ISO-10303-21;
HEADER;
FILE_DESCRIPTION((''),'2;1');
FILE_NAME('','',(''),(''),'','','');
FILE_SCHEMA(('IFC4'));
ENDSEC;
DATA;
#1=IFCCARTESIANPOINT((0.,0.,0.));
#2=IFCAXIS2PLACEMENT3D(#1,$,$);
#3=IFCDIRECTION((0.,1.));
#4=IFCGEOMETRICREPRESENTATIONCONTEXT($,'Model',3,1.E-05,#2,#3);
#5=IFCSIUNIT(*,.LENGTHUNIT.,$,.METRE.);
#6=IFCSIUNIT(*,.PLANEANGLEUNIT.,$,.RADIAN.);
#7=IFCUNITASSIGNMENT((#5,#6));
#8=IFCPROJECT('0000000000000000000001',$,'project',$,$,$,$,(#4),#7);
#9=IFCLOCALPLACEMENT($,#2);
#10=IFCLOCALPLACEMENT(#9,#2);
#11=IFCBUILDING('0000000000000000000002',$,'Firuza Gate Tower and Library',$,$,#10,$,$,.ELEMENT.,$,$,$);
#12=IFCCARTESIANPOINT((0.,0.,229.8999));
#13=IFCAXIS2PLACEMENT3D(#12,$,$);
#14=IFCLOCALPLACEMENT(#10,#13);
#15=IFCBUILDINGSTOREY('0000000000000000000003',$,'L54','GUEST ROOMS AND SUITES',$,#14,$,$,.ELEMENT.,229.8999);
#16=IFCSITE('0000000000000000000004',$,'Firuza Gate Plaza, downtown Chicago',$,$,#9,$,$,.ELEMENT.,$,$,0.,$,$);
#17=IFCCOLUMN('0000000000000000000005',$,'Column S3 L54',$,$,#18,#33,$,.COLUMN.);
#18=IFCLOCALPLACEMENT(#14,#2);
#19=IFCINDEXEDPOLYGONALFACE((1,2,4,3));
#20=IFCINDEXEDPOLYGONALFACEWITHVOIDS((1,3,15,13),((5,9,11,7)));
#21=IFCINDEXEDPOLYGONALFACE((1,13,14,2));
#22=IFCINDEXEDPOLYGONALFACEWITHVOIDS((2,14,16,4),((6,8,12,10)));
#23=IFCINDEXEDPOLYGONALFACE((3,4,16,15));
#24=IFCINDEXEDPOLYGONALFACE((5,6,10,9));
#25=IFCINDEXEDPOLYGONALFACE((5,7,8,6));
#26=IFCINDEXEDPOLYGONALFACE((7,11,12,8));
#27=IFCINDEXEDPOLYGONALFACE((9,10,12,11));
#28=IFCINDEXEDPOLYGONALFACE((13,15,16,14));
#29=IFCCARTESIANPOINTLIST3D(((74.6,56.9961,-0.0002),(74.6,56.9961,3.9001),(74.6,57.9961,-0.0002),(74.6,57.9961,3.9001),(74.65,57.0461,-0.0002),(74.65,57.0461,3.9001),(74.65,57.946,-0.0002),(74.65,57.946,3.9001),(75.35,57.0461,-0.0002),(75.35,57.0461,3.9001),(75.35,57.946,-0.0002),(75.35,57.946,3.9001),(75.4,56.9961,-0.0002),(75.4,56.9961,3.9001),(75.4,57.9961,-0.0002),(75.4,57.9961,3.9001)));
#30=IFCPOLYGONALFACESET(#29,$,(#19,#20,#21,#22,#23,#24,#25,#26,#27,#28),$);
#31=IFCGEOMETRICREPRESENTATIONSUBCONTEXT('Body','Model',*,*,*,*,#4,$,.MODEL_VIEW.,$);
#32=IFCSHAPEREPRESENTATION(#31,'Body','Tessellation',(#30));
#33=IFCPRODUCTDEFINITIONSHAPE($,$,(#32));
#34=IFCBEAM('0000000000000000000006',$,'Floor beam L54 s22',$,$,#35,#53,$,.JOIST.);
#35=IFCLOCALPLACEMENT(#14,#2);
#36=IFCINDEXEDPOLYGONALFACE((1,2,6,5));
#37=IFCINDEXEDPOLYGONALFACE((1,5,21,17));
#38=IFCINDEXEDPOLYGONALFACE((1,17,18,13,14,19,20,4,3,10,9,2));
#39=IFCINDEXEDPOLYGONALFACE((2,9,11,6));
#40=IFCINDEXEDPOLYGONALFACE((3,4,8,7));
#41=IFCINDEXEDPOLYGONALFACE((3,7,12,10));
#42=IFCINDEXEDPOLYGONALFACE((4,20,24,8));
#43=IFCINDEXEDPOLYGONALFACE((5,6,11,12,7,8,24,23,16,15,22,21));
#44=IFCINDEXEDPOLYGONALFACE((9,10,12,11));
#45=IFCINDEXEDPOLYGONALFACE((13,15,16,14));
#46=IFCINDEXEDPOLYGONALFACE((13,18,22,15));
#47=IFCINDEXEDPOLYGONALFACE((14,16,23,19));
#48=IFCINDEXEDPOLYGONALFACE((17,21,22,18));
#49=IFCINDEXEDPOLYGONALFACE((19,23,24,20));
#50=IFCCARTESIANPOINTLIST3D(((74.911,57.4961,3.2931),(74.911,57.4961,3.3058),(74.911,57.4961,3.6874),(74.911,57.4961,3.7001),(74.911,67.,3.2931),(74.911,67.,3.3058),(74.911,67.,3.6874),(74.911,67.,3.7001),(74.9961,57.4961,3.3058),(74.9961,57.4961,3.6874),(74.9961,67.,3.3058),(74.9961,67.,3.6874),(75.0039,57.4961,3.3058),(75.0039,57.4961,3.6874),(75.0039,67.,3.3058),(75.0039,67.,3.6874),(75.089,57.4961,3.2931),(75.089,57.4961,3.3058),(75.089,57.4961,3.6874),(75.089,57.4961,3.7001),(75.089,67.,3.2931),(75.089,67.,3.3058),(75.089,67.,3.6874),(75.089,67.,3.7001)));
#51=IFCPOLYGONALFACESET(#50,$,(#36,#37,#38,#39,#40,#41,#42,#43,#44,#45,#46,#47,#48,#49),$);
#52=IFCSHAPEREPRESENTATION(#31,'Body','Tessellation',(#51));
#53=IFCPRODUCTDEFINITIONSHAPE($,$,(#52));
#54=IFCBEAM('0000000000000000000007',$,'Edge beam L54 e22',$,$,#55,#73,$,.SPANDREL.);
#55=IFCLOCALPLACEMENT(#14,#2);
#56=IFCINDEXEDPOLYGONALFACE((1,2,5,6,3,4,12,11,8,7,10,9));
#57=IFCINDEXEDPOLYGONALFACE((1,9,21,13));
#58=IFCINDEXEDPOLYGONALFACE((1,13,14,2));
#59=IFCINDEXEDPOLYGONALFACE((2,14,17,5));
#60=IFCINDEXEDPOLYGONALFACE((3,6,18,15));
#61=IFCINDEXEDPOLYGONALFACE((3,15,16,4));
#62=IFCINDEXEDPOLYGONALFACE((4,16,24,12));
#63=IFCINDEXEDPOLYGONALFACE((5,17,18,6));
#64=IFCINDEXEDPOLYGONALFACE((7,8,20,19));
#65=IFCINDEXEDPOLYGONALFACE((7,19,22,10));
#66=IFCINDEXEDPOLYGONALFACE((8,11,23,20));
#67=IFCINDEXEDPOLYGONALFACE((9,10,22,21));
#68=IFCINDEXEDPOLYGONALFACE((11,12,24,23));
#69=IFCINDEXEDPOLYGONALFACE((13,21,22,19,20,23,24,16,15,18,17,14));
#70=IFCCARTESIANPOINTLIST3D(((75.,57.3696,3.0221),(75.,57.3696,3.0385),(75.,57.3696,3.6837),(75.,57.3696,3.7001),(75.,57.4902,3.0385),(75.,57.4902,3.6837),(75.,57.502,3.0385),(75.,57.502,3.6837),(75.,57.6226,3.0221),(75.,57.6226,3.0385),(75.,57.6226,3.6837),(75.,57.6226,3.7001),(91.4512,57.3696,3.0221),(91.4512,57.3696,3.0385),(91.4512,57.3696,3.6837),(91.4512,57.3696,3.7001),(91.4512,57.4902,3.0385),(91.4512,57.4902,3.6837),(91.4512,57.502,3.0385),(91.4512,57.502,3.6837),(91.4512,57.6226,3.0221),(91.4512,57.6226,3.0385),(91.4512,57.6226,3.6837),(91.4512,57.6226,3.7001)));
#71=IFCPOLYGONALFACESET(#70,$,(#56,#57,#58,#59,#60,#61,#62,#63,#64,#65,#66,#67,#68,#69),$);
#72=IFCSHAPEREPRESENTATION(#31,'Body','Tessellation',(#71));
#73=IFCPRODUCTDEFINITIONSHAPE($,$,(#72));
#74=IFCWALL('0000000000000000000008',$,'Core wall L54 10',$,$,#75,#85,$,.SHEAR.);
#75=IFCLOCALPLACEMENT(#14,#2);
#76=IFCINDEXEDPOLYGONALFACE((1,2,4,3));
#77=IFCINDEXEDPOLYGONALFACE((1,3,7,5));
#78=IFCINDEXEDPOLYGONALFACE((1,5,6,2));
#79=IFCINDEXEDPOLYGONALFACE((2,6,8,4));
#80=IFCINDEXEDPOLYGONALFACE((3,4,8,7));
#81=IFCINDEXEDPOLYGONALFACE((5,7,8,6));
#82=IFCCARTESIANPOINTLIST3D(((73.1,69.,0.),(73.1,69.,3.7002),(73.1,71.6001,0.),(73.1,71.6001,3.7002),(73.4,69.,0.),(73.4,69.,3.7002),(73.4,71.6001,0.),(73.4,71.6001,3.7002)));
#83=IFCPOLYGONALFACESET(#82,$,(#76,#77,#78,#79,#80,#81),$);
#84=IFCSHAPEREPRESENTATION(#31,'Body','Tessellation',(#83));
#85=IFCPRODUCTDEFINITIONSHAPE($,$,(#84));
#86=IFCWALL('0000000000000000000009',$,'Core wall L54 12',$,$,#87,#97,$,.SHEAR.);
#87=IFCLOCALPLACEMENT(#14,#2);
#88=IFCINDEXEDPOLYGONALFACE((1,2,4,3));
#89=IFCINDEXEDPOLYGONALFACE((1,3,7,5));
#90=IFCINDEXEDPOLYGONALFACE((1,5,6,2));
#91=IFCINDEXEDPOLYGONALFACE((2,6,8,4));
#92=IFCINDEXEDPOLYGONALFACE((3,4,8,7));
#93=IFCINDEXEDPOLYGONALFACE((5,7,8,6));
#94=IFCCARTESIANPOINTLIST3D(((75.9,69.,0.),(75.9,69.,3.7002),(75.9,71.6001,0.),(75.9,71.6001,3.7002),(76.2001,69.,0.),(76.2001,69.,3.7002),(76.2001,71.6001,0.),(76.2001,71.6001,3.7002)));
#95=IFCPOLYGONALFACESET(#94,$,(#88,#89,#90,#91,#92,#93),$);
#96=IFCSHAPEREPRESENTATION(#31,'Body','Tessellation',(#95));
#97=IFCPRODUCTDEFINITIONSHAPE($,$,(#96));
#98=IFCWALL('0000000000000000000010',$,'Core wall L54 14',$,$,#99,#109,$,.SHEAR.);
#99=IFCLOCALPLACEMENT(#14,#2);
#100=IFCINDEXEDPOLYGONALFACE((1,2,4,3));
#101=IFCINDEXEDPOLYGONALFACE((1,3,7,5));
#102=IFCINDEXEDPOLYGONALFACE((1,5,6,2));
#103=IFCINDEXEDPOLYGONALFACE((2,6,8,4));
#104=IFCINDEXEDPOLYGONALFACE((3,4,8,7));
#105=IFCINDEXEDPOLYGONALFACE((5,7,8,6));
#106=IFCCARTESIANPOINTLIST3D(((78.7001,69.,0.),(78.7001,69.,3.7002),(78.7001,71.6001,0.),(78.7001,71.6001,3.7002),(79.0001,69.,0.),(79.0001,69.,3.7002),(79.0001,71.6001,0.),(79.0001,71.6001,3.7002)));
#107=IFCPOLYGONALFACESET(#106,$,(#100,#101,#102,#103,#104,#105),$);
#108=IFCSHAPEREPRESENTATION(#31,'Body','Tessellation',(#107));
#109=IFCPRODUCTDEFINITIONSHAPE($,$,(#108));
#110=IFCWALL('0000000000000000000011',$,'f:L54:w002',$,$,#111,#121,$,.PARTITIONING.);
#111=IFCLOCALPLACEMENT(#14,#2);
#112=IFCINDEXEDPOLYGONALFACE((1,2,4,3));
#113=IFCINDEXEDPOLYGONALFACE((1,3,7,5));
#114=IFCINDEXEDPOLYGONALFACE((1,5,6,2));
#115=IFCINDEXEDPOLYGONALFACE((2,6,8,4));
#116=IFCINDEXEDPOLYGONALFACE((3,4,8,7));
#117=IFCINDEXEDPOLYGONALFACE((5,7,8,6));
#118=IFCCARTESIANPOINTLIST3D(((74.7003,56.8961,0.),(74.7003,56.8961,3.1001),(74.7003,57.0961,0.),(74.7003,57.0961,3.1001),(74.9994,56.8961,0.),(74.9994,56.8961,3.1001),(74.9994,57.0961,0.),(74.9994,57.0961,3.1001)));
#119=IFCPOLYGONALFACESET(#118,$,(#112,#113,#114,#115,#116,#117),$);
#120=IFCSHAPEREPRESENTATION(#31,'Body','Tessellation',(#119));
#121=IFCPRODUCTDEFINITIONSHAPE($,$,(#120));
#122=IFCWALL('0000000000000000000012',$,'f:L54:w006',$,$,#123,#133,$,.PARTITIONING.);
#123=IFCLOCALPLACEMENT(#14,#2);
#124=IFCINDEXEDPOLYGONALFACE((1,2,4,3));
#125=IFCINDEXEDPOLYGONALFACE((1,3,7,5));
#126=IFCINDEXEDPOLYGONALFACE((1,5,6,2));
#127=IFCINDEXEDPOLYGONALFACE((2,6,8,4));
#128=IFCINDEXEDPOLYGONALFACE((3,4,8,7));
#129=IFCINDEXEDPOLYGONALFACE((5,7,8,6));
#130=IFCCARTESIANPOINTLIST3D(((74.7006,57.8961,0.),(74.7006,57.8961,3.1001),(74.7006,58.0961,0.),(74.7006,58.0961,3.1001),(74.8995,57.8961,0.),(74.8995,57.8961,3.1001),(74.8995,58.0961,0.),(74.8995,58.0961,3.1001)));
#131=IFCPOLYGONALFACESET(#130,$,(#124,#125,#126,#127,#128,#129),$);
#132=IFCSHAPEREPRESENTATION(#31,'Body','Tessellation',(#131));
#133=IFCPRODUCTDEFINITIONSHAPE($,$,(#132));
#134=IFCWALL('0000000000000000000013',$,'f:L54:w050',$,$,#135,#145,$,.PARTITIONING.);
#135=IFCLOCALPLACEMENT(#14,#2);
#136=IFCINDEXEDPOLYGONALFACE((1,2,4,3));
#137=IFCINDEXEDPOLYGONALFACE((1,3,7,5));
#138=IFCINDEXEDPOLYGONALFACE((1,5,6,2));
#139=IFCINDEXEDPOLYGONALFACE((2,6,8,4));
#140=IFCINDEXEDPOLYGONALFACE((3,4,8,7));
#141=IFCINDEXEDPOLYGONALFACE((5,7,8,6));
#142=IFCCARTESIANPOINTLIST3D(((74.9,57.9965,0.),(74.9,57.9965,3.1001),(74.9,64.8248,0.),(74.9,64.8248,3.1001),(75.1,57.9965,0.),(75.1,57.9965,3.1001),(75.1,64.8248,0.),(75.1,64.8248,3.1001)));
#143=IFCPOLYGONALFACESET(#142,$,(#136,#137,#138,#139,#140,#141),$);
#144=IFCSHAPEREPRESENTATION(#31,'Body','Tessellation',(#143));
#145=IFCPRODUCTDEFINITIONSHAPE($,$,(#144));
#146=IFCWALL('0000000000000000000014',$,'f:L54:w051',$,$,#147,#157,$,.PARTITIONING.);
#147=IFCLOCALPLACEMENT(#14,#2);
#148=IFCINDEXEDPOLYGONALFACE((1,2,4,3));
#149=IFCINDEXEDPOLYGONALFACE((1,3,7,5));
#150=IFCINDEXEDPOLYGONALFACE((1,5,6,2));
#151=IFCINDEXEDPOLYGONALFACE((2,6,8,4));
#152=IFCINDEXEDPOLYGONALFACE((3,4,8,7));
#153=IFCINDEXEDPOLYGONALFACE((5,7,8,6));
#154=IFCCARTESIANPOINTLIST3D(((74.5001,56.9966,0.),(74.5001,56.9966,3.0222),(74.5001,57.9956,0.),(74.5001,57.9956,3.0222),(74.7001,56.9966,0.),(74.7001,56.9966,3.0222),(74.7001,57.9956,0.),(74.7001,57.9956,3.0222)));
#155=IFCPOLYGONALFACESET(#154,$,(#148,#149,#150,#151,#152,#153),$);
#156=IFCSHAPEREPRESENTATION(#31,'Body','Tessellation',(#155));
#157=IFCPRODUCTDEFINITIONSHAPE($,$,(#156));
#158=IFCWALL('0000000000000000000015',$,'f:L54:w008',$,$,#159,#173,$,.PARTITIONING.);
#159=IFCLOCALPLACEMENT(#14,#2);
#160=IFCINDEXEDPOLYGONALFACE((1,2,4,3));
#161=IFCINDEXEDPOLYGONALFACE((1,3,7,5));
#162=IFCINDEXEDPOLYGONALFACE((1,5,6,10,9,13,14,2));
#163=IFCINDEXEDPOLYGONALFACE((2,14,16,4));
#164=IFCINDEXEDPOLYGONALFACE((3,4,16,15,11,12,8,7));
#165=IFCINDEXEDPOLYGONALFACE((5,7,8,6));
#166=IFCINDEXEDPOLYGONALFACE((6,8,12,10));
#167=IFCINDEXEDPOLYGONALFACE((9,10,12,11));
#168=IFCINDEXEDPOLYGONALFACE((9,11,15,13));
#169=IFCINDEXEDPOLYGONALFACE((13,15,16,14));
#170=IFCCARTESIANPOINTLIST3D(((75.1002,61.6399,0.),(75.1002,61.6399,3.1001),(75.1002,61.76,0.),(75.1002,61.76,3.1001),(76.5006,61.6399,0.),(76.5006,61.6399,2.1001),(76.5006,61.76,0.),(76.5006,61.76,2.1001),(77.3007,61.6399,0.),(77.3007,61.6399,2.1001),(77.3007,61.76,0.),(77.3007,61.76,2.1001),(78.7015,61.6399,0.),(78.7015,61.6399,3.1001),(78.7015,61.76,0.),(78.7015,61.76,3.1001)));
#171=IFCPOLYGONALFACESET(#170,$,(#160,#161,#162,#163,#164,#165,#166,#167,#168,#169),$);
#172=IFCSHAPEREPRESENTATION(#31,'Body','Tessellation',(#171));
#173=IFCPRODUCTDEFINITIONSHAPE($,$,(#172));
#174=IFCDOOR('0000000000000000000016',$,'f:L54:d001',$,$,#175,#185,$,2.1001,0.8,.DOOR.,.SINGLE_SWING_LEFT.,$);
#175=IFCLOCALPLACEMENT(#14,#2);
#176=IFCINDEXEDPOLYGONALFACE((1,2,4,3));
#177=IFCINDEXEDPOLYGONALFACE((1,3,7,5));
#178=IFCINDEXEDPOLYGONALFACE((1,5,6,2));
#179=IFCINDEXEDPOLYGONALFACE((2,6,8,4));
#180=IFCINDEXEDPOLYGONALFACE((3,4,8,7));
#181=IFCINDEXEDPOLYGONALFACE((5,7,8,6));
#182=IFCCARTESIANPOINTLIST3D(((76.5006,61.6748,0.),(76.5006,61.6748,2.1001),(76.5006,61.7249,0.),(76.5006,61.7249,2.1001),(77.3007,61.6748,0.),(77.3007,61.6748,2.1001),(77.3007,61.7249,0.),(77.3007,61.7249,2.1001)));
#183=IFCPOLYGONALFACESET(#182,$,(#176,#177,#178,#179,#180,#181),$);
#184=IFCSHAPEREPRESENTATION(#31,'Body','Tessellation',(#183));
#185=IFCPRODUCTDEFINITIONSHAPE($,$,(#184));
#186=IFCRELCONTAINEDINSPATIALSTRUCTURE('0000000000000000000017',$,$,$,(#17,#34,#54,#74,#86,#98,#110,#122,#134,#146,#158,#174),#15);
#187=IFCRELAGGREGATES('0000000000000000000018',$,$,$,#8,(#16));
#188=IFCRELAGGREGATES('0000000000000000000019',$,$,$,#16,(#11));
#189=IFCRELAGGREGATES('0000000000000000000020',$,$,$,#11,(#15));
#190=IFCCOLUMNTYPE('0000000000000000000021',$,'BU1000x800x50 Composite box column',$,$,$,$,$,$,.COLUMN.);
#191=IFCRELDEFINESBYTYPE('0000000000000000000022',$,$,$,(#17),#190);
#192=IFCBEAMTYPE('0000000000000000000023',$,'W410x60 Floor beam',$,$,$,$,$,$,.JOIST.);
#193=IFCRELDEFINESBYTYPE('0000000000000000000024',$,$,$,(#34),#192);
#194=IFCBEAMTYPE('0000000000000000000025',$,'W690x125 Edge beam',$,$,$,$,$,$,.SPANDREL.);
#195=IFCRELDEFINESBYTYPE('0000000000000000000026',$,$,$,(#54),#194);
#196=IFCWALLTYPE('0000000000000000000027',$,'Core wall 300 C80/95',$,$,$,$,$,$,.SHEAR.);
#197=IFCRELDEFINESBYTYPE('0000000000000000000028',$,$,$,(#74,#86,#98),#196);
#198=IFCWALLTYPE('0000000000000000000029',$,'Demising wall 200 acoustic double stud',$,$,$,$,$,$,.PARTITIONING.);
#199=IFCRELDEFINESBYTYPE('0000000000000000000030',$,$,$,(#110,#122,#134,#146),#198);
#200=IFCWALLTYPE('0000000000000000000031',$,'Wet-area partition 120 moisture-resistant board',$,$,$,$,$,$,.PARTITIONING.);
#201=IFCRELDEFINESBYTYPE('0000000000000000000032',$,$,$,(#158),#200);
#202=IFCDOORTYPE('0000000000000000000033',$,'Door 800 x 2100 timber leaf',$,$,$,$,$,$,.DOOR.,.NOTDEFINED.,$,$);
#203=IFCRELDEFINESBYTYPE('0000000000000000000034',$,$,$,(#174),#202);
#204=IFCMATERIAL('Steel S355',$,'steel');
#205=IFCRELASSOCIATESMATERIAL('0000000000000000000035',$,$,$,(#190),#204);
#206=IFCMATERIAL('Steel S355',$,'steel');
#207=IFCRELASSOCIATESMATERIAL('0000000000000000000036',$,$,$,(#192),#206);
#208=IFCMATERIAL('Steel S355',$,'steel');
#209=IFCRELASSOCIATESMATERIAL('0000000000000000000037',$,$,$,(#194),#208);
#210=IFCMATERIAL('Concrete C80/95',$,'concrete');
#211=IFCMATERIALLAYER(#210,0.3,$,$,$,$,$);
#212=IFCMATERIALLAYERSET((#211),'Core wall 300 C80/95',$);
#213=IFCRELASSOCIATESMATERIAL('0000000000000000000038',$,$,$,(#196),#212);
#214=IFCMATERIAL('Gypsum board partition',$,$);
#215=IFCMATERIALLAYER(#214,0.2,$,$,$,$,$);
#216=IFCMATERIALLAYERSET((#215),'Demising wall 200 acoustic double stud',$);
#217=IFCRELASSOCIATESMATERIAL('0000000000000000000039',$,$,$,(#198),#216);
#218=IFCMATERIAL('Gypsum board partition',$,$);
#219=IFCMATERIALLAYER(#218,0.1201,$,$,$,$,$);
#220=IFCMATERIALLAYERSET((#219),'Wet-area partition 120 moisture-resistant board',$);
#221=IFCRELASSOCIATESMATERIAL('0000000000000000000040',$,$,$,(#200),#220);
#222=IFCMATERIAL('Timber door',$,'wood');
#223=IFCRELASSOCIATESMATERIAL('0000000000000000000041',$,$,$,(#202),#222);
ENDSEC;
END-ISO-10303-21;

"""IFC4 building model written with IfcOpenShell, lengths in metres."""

from ifc_helpers import new_model, si_unit, direction, frame, frame_2d, origin, origin_2d, place, context, subcontext, project, spatial, rectangle, hollow_rectangle, i_section, extrude, material, layer, layer_set, material_profile, profile_set, type_object, element, fill, save


model = new_model("IFC4")

# Units and contexts
model_context = context("Model", 3, precision=1e-05, world=origin(), true_north=direction((0.0, 1.0)))
body_context = subcontext(model_context, "Body", "Model", "MODEL_VIEW")
ifc_project = project(units=[si_unit("LENGTHUNIT", "METRE"), si_unit("PLANEANGLEUNIT", "RADIAN")], contexts=[model_context])

# Site, building, storey
site_placement = place(None, origin())
site = spatial("IfcSite", under=ifc_project, at=site_placement, Name="Firuza Gate Plaza, downtown Chicago", CompositionType="ELEMENT", RefElevation=0.0)
building_placement = place(site_placement, origin())
building = spatial("IfcBuilding", under=site, at=building_placement, Name="Firuza Gate Tower and Library", CompositionType="ELEMENT")
storey_placement = place(building_placement, frame((0.0, 0.0, 229.8999)))
storey = spatial("IfcBuildingStorey", under=building, at=storey_placement, Name="L54", Description="GUEST ROOMS AND SUITES", CompositionType="ELEMENT", Elevation=229.8999)

# Column
ifc_material_1 = material(Name="Steel S355", Category="steel")
ifc_material_profile_1 = material_profile(ifc_material_1, hollow_rectangle(XDim=0.8, YDim=1.0, WallThickness=0.05, at=origin_2d()))
ifc_profile_set_1 = profile_set([ifc_material_profile_1], Name="Steel S355")
column_type = type_object("IfcColumnType", Name="BU1000x800x50 Composite box column", PredefinedType="COLUMN", material=ifc_profile_set_1)
column_placement = place(storey_placement, frame((75.0, 57.4961, -0.0002), z_axis=(0.0, 0.0, 1.0), x_axis=(1.0, 0.0, 0.0)))
element("IfcColumn", 1, at=column_placement, inside=storey, type_object=column_type, Name="Column S3 L54", PredefinedType="COLUMN", context=body_context, shape_type="SweptSolid", body=[
    extrude(hollow_rectangle(XDim=0.8, YDim=1.0, WallThickness=0.05, at=origin_2d()), origin(), (0.0, 0.0, 1.0), 3.9004),
])

# Beams
ifc_material_2 = material(Name="Steel S355", Category="steel")
ifc_material_profile_2 = material_profile(ifc_material_2, i_section(OverallWidth=0.178, OverallDepth=0.407, WebThickness=0.0078, FlangeThickness=0.0127, at=origin_2d()))
ifc_profile_set_2 = profile_set([ifc_material_profile_2], Name="Steel S355")
beam_type_1 = type_object("IfcBeamType", Name="W410x60 Floor beam", PredefinedType="JOIST", material=ifc_profile_set_2)
beam_1_placement = place(storey_placement, frame((75.0, 57.4961, 3.4966), z_axis=(0.0, 1.0, 0.0), x_axis=(-1.0, 0.0, 0.0)))
element("IfcBeam", 2, at=beam_1_placement, inside=storey, type_object=beam_type_1, Name="Floor beam L54 s22", PredefinedType="JOIST", context=body_context, shape_type="SweptSolid", body=[
    extrude(i_section(OverallWidth=0.178, OverallDepth=0.407, WebThickness=0.0078, FlangeThickness=0.0127, at=origin_2d()), origin(), (0.0, 0.0, 1.0), 9.5039),
])
ifc_material_3 = material(Name="Steel S355", Category="steel")
ifc_material_profile_3 = material_profile(ifc_material_3, i_section(OverallWidth=0.2529, OverallDepth=0.678, WebThickness=0.0117, FlangeThickness=0.0164, at=origin_2d()))
ifc_profile_set_3 = profile_set([ifc_material_profile_3], Name="Steel S355")
beam_type_2 = type_object("IfcBeamType", Name="W690x125 Edge beam", PredefinedType="SPANDREL", material=ifc_profile_set_3)
beam_2_placement = place(storey_placement, frame((75.0, 57.4961, 3.3611), z_axis=(1.0, 0.0, 0.0), x_axis=(0.0, 1.0, 0.0)))
element("IfcBeam", 3, at=beam_2_placement, inside=storey, type_object=beam_type_2, Name="Edge beam L54 e22", PredefinedType="SPANDREL", context=body_context, shape_type="SweptSolid", body=[
    extrude(i_section(OverallWidth=0.2529, OverallDepth=0.678, WebThickness=0.0117, FlangeThickness=0.0164, at=origin_2d()), origin(), (0.0, 0.0, 1.0), 16.4512),
])

# Walls
ifc_material_4 = material(Name="Concrete C80/95", Category="concrete")
ifc_layer_1 = layer(ifc_material_4, 0.3)
ifc_layer_set_1 = layer_set([ifc_layer_1], Name="Core wall 300 C80/95")
wall_type_1 = type_object("IfcWallType", Name="Core wall 300 C80/95", PredefinedType="SHEAR", material=ifc_layer_set_1)
for number, where, z_axis, x_axis, name in (
    (4, (73.25, 69.0, 0.0), (0.0, 0.0, 1.0), (0.0, 1.0, 0.0), "Core wall L54 10"),
    (5, (76.05, 69.0, 0.0), (0.0, 0.0, 1.0), (0.0, 1.0, 0.0), "Core wall L54 12"),
    (6, (78.8501, 69.0, 0.0), (0.0, 0.0, 1.0), (0.0, 1.0, 0.0), "Core wall L54 14"),
):
    element("IfcWall", number, at=place(storey_placement, frame(where, z_axis=z_axis, x_axis=x_axis)), inside=storey, type_object=wall_type_1, Name=name, PredefinedType="SHEAR", context=body_context, shape_type="SweptSolid", body=[
        extrude(rectangle(XDim=2.6001, YDim=0.3, at=frame_2d((1.3, 0.0))), origin(), (0.0, 0.0, 1.0), 3.7002),
    ])
ifc_material_5 = material(Name="Gypsum board partition")
ifc_layer_2 = layer(ifc_material_5, 0.2)
ifc_layer_set_2 = layer_set([ifc_layer_2], Name="Demising wall 200 acoustic double stud")
wall_type_2 = type_object("IfcWallType", Name="Demising wall 200 acoustic double stud", PredefinedType="PARTITIONING", material=ifc_layer_set_2)
wall_1_placement = place(storey_placement, frame((74.7004, 56.9961, 0.0), z_axis=(0.0, 0.0, 1.0), x_axis=(1.0, 0.0, 0.0)))
element("IfcWall", 7, at=wall_1_placement, inside=storey, type_object=wall_type_2, Name="f:L54:w002", PredefinedType="PARTITIONING", context=body_context, shape_type="SweptSolid", body=[
    extrude(rectangle(XDim=0.2991, YDim=0.2, at=frame_2d((0.1494, 0.0))), origin(), (0.0, 0.0, 1.0), 3.1001),
])
wall_2_placement = place(storey_placement, frame((74.7004, 57.9961, 0.0), z_axis=(0.0, 0.0, 1.0), x_axis=(1.0, 0.0, 0.0)))
element("IfcWall", 8, at=wall_2_placement, inside=storey, type_object=wall_type_2, Name="f:L54:w006", PredefinedType="PARTITIONING", context=body_context, shape_type="SweptSolid", body=[
    extrude(rectangle(XDim=0.199, YDim=0.2, at=frame_2d((0.0996, 0.0))), origin(), (0.0, 0.0, 1.0), 3.1001),
])
wall_3_placement = place(storey_placement, frame((75.0, 57.9966, 0.0), z_axis=(0.0, 0.0, 1.0), x_axis=(0.0, 1.0, 0.0)))
element("IfcWall", 9, at=wall_3_placement, inside=storey, type_object=wall_type_2, Name="f:L54:w050", PredefinedType="PARTITIONING", context=body_context, shape_type="SweptSolid", body=[
    extrude(rectangle(XDim=6.8284, YDim=0.2, at=frame_2d((3.4141, 0.0))), origin(), (0.0, 0.0, 1.0), 3.1001),
])
wall_4_placement = place(storey_placement, frame((74.6001, 56.9966, 0.0), z_axis=(0.0, 0.0, 1.0), x_axis=(0.0, 1.0, 0.0)))
element("IfcWall", 10, at=wall_4_placement, inside=storey, type_object=wall_type_2, Name="f:L54:w051", PredefinedType="PARTITIONING", context=body_context, shape_type="SweptSolid", body=[
    extrude(rectangle(XDim=0.999, YDim=0.2, at=frame_2d((0.4995, 0.0))), origin(), (0.0, 0.0, 1.0), 3.0222),
])

# Wall, opening, door
ifc_material_6 = material(Name="Gypsum board partition")
ifc_layer_3 = layer(ifc_material_6, 0.1201)
ifc_layer_set_3 = layer_set([ifc_layer_3], Name="Wet-area partition 120 moisture-resistant board")
wall_type_3 = type_object("IfcWallType", Name="Wet-area partition 120 moisture-resistant board", PredefinedType="PARTITIONING", material=ifc_layer_set_3)
wall_5_placement = place(storey_placement, frame((75.1001, 61.7, 0.0), z_axis=(0.0, 0.0, 1.0), x_axis=(1.0, 0.0, 0.0)))
wall_5 = element("IfcWall", 11, at=wall_5_placement, inside=storey, type_object=wall_type_3, Name="f:L54:w008", PredefinedType="PARTITIONING", context=body_context, shape_type="SweptSolid", body=[
    extrude(rectangle(XDim=3.6013, YDim=0.1201, at=frame_2d((1.8008, 0.0))), origin(), (0.0, 0.0, 1.0), 3.1001),
])
opening_placement = place(wall_5_placement, frame((1.4006, 0.0, 0.0)))
opening = element("IfcOpeningElement", 12, at=opening_placement, cuts=wall_5, PredefinedType="OPENING", context=body_context, shape_type="SweptSolid", body=[
    extrude(rectangle(XDim=0.8, YDim=2.1001, at=frame_2d((0.3999, 1.05))), frame((0.0, 0.0701, 0.0), z_axis=(0.0, -1.0, 0.0), x_axis=(1.0, 0.0, 0.0)), (0.0, 0.0, 1.0), 0.1401),
])
ifc_material_7 = material(Name="Timber door", Category="wood")
door_type = type_object("IfcDoorType", Name="Door 800 x 2100 timber leaf", OperationType="NOTDEFINED", PredefinedType="DOOR", material=ifc_material_7)
door_placement = place(opening_placement, origin())
door = element("IfcDoor", 13, at=door_placement, inside=storey, type_object=door_type, Name="f:L54:d001", OperationType="SINGLE_SWING_LEFT", OverallHeight=2.1001, OverallWidth=0.8, PredefinedType="DOOR", context=body_context, shape_type="SweptSolid", body=[
    extrude(rectangle(XDim=0.8, YDim=2.1001, at=frame_2d((0.3999, 1.05))), frame((0.0, 0.0249, 0.0), z_axis=(0.0, -1.0, 0.0), x_axis=(1.0, 0.0, 0.0)), (0.0, 0.0, 1.0), 0.05),
])
fill(opening, door)

save(model, "model.ifc")
